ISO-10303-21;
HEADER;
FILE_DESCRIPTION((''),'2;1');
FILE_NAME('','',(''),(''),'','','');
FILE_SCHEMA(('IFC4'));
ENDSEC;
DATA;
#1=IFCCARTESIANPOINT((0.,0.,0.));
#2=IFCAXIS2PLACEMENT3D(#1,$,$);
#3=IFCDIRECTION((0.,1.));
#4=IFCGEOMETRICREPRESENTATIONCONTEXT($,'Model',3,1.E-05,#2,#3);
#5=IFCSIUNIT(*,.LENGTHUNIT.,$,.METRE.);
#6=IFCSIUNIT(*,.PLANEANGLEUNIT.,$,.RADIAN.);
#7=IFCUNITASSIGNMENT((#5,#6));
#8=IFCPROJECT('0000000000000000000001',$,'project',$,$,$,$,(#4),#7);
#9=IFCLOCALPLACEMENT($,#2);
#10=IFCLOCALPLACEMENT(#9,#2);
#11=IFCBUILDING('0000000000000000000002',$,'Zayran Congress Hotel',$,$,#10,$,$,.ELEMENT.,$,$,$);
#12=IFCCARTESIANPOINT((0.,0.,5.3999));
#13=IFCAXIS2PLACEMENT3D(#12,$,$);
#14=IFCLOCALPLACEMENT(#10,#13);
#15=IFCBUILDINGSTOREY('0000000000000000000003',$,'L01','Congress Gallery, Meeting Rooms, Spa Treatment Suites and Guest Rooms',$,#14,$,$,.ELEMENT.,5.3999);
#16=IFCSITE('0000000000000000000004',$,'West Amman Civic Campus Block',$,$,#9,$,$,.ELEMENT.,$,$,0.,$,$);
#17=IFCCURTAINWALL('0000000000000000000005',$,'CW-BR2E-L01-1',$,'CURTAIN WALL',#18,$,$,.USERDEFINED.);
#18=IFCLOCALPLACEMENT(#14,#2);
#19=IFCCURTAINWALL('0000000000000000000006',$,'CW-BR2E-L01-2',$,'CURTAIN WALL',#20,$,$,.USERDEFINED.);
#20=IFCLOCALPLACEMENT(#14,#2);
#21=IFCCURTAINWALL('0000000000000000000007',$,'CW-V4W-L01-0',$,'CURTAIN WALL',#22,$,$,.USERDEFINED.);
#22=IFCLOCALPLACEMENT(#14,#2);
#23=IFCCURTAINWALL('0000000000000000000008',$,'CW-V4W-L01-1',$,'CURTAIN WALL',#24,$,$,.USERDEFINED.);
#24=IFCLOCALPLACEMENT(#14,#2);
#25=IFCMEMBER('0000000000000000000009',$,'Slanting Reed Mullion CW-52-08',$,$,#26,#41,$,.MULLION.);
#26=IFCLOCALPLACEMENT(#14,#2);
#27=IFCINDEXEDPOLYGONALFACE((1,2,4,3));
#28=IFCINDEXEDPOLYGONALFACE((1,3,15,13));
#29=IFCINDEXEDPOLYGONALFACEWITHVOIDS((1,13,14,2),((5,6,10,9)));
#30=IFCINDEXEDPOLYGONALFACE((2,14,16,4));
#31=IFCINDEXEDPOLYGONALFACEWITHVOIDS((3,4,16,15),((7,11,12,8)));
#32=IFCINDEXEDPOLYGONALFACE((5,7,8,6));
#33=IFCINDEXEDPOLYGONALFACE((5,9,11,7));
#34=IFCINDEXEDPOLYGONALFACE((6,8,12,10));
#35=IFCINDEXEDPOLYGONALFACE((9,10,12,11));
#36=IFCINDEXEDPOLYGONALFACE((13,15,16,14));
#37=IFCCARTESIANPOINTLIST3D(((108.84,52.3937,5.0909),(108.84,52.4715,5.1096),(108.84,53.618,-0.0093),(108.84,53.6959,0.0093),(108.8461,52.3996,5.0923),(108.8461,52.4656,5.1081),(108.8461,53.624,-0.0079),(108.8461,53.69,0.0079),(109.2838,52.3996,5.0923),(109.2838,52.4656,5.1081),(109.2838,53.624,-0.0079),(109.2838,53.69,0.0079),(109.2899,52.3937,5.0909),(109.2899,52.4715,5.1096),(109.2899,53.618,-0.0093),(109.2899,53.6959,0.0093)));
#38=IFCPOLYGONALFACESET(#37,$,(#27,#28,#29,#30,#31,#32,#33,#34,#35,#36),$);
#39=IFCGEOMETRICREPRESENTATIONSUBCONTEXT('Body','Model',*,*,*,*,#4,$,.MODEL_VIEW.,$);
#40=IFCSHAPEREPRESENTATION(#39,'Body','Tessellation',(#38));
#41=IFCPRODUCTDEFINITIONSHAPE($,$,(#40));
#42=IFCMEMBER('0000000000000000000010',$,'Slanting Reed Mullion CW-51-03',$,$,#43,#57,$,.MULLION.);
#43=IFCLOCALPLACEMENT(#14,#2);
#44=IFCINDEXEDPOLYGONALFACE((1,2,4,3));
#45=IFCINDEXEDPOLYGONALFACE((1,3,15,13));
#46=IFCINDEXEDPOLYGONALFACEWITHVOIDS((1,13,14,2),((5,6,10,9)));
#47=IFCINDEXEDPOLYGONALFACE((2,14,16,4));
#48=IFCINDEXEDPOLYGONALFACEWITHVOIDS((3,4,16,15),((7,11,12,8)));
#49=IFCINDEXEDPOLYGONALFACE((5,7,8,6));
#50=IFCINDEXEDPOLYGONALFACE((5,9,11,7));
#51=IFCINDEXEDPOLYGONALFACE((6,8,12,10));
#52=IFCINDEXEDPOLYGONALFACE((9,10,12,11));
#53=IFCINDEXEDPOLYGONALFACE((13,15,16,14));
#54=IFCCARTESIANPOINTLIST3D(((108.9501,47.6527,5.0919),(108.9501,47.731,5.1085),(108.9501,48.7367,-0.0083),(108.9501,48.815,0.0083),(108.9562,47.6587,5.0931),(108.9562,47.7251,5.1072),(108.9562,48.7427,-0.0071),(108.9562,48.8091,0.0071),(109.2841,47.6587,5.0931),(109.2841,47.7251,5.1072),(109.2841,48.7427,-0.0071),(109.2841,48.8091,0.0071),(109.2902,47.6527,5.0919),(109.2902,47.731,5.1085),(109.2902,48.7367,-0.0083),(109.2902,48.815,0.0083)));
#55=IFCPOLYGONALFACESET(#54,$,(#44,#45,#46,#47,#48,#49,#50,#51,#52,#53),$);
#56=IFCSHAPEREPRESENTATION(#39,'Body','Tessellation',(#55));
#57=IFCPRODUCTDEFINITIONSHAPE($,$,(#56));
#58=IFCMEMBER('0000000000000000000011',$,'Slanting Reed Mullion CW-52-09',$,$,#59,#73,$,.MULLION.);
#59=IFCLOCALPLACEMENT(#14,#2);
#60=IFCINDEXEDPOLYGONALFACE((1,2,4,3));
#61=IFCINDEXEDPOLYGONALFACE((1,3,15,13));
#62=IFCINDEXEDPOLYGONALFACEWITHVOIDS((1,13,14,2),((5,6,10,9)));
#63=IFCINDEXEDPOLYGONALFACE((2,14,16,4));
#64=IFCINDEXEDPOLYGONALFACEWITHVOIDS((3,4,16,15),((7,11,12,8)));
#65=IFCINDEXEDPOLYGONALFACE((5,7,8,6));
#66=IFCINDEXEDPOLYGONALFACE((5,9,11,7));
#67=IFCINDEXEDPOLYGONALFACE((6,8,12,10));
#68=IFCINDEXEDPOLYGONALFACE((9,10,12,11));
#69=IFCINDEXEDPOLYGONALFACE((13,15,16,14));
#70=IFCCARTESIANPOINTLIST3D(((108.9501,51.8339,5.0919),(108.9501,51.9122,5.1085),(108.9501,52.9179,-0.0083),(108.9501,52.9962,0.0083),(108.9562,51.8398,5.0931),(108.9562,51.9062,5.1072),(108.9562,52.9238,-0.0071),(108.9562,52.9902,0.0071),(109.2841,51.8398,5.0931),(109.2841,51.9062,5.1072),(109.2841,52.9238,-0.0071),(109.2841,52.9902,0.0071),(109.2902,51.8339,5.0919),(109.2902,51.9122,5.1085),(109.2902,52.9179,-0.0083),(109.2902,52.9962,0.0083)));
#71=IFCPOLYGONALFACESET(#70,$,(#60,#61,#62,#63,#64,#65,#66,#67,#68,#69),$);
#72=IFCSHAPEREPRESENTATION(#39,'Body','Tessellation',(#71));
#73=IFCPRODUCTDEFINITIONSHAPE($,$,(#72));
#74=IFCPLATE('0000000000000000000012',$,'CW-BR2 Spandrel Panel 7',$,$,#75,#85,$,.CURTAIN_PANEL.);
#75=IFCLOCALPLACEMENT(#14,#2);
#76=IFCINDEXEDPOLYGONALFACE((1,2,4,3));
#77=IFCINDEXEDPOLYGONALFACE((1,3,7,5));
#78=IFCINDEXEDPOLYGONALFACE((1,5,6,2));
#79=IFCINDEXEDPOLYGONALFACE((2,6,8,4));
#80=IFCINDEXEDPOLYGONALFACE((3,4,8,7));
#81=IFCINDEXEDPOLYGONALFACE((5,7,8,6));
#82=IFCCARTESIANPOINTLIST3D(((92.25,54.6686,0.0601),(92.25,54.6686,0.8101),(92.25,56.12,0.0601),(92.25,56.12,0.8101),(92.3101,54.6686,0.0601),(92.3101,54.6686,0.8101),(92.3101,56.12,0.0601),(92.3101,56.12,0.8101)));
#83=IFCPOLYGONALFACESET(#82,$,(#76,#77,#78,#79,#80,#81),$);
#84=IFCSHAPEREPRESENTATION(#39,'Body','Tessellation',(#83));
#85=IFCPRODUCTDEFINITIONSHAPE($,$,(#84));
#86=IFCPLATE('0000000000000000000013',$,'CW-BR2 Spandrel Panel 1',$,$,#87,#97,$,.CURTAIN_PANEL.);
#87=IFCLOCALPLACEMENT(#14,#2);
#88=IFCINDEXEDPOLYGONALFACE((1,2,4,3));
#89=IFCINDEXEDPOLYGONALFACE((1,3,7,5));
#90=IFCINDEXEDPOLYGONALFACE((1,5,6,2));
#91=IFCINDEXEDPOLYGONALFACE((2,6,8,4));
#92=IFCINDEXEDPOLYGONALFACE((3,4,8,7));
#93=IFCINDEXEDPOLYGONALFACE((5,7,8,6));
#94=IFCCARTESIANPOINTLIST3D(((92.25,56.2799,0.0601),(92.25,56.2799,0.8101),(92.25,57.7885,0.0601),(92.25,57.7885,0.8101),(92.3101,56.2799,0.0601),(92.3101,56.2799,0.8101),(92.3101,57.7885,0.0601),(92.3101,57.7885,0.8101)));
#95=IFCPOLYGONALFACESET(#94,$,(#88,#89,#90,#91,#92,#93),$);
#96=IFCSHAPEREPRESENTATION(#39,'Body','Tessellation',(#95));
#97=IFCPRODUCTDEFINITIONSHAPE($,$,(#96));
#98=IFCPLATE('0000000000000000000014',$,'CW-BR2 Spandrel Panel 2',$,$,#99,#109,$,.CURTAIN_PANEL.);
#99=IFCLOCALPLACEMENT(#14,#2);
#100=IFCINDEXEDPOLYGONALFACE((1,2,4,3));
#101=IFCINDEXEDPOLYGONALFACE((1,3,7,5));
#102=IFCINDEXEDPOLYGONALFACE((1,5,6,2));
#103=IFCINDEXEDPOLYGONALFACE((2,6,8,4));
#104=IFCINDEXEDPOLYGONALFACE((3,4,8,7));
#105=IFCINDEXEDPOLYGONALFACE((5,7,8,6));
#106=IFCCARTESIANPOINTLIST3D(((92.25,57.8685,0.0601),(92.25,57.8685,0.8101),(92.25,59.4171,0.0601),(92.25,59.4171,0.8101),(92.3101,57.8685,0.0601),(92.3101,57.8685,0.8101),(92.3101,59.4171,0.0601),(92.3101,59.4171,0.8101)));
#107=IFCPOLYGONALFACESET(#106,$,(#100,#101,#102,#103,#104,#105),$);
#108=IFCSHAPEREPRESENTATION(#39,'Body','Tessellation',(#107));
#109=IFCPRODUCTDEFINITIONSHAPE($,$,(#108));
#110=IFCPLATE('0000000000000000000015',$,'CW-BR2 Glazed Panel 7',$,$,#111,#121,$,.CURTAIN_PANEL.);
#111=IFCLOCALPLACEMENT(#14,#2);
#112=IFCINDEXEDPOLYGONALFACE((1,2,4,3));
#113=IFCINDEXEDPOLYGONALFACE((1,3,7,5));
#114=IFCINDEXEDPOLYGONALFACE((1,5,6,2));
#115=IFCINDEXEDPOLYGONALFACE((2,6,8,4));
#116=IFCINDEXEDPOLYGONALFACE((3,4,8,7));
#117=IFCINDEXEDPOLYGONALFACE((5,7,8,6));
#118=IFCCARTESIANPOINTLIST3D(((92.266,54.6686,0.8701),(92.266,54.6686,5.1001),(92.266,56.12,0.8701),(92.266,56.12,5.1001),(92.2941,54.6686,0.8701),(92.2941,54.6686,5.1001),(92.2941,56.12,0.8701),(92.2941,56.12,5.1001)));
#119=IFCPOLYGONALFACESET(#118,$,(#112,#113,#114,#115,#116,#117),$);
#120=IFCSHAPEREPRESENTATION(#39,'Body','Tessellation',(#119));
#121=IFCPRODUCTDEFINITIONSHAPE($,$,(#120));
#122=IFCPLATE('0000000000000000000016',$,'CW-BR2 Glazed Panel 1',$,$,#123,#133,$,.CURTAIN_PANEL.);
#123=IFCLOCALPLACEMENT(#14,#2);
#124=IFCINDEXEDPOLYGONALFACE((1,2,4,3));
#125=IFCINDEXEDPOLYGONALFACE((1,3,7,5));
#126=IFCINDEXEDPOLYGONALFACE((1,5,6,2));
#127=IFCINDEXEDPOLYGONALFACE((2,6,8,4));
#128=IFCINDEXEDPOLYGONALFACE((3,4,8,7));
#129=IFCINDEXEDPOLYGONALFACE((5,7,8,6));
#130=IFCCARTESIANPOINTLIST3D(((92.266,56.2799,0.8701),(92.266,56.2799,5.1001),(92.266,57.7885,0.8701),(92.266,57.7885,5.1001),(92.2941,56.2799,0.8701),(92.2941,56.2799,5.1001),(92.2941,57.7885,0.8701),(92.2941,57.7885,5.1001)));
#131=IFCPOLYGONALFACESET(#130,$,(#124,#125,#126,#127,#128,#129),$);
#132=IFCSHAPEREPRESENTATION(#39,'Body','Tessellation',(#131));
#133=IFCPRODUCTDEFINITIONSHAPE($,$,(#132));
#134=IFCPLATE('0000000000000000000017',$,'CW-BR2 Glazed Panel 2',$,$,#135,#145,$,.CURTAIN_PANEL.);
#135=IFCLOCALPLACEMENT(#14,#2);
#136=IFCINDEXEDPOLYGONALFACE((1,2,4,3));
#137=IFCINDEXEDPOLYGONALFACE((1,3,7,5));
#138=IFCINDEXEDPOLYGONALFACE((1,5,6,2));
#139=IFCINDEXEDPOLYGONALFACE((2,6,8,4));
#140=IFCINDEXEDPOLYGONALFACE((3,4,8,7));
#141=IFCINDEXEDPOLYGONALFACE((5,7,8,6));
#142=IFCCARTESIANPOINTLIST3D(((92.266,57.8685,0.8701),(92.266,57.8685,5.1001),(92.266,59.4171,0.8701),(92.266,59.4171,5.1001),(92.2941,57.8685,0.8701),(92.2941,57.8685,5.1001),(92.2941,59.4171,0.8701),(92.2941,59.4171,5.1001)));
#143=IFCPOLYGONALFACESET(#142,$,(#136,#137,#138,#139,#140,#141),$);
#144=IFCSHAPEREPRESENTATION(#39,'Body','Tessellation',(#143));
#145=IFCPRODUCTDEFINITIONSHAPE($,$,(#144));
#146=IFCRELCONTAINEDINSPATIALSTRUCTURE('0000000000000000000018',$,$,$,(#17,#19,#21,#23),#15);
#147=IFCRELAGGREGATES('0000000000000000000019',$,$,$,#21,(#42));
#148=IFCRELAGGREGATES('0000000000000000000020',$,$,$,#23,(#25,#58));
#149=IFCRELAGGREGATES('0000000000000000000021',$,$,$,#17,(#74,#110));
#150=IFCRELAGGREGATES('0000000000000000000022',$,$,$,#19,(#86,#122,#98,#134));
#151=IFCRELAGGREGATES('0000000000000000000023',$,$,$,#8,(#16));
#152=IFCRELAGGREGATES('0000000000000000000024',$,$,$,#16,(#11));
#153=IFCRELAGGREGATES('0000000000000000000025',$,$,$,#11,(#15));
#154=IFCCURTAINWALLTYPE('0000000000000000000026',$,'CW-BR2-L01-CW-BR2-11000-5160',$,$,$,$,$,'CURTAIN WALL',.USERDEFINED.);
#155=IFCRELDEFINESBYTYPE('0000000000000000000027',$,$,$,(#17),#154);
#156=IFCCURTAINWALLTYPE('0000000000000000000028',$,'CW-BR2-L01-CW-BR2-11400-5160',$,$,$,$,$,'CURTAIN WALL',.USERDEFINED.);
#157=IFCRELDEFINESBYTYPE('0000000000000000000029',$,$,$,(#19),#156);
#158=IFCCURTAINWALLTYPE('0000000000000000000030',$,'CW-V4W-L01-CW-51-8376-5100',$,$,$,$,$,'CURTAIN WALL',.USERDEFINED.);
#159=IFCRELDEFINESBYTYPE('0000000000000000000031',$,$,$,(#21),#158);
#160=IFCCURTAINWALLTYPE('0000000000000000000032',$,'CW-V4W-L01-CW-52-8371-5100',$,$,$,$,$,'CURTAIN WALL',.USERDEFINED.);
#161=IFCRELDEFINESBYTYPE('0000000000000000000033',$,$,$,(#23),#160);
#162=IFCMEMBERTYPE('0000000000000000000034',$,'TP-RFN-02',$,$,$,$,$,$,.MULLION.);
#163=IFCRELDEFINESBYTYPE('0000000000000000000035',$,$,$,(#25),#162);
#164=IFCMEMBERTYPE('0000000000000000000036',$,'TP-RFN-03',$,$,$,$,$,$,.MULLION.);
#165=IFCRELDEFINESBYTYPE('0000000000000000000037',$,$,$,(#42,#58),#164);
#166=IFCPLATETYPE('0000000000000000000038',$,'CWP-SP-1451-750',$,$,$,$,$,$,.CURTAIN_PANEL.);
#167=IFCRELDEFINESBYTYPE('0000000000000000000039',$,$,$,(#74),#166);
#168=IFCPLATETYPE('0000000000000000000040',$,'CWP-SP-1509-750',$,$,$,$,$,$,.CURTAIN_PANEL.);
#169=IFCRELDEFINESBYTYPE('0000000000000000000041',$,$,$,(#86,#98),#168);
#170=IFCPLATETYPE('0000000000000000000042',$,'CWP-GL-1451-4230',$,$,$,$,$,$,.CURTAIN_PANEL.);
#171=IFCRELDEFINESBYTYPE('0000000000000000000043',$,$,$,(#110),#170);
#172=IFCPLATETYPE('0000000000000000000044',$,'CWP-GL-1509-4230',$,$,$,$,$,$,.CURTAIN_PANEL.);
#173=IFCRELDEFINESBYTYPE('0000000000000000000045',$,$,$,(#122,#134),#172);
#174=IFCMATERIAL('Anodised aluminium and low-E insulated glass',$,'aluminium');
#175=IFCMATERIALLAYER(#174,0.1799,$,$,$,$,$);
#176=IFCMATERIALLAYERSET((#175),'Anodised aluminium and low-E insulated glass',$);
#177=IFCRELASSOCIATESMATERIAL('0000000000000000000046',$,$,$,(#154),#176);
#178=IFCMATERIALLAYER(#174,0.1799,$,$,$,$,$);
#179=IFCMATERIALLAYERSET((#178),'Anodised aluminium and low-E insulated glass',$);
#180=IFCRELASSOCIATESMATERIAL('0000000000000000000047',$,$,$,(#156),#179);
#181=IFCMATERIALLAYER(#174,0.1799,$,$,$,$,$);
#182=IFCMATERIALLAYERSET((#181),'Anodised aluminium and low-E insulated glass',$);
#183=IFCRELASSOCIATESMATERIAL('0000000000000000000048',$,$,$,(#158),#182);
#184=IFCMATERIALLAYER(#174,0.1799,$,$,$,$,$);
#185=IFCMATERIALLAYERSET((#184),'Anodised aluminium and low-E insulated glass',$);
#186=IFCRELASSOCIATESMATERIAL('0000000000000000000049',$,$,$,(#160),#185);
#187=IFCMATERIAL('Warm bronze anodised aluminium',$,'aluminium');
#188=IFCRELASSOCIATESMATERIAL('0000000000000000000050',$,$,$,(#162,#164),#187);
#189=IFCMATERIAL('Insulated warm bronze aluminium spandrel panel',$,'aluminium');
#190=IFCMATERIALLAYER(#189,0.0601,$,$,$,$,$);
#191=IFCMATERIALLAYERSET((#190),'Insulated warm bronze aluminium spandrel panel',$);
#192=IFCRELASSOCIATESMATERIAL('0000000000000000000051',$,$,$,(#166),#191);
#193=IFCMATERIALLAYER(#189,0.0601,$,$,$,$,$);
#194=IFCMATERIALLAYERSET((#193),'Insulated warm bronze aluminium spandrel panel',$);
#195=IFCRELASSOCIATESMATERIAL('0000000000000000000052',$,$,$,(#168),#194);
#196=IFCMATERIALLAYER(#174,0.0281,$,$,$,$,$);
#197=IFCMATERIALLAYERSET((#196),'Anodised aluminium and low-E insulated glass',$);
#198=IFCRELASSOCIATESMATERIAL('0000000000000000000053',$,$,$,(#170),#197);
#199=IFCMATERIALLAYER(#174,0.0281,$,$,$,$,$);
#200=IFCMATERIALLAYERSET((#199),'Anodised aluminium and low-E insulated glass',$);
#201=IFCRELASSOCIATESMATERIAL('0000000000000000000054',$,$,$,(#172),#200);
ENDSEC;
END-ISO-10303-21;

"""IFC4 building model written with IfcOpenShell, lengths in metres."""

from ifc_helpers import new_model, si_unit, direction, frame, origin, origin_2d, place, context, subcontext, project, spatial, rectangle, hollow_rectangle, extrude, material, layer, layer_set, material_profile, profile_set, type_object, element, aggregate, save


model = new_model("IFC4")

# Units and contexts
model_context = context("Model", 3, precision=1e-05, world=origin(), true_north=direction((0.0, 1.0)))
body_context = subcontext(model_context, "Body", "Model", "MODEL_VIEW")
ifc_project = project(units=[si_unit("LENGTHUNIT", "METRE"), si_unit("PLANEANGLEUNIT", "RADIAN")], contexts=[model_context])

# Site, building, storey
site_placement = place(None, origin())
site = spatial("IfcSite", under=ifc_project, at=site_placement, Name="West Amman Civic Campus Block", CompositionType="ELEMENT", RefElevation=0.0)
building_placement = place(site_placement, origin())
building = spatial("IfcBuilding", under=site, at=building_placement, Name="Zayran Congress Hotel", CompositionType="ELEMENT")
storey_placement = place(building_placement, frame((0.0, 0.0, 5.3999)))
storey = spatial("IfcBuildingStorey", under=building, at=storey_placement, Name="L01", Description="Congress Gallery, Meeting Rooms, Spa Treatment Suites and Guest Rooms", CompositionType="ELEMENT", Elevation=5.3999)

# Curtain walls
ifc_material_1 = material(Name="Anodised aluminium and low-E insulated glass", Category="aluminium")
ifc_layer_1 = layer(ifc_material_1, 0.1799)
ifc_layer_set_1 = layer_set([ifc_layer_1], Name="Anodised aluminium and low-E insulated glass")
curtain_wall_type_1 = type_object("IfcCurtainWallType", Name="CW-BR2-L01-CW-BR2-11000-5160", ElementType="CURTAIN WALL", PredefinedType="USERDEFINED", material=ifc_layer_set_1)
curtain_wall_1_placement = place(storey_placement, origin())
curtain_wall_1 = element("IfcCurtainWall", 1, at=curtain_wall_1_placement, inside=storey, type_object=curtain_wall_type_1, Name="CW-BR2E-L01-1", ObjectType="CURTAIN WALL", PredefinedType="USERDEFINED")
ifc_layer_2 = layer(ifc_material_1, 0.1799)
ifc_layer_set_2 = layer_set([ifc_layer_2], Name="Anodised aluminium and low-E insulated glass")
curtain_wall_type_2 = type_object("IfcCurtainWallType", Name="CW-BR2-L01-CW-BR2-11400-5160", ElementType="CURTAIN WALL", PredefinedType="USERDEFINED", material=ifc_layer_set_2)
curtain_wall_2_placement = place(storey_placement, origin())
curtain_wall_2 = element("IfcCurtainWall", 2, at=curtain_wall_2_placement, inside=storey, type_object=curtain_wall_type_2, Name="CW-BR2E-L01-2", ObjectType="CURTAIN WALL", PredefinedType="USERDEFINED")

# Curtain walls
ifc_layer_3 = layer(ifc_material_1, 0.1799)
ifc_layer_set_3 = layer_set([ifc_layer_3], Name="Anodised aluminium and low-E insulated glass")
curtain_wall_type_3 = type_object("IfcCurtainWallType", Name="CW-V4W-L01-CW-51-8376-5100", ElementType="CURTAIN WALL", PredefinedType="USERDEFINED", material=ifc_layer_set_3)
curtain_wall_3_placement = place(storey_placement, origin())
curtain_wall_3 = element("IfcCurtainWall", 3, at=curtain_wall_3_placement, inside=storey, type_object=curtain_wall_type_3, Name="CW-V4W-L01-0", ObjectType="CURTAIN WALL", PredefinedType="USERDEFINED")
ifc_material_2 = material(Name="Warm bronze anodised aluminium", Category="aluminium")
ifc_layer_4 = layer(ifc_material_1, 0.1799)
ifc_layer_set_4 = layer_set([ifc_layer_4], Name="Anodised aluminium and low-E insulated glass")
curtain_wall_type_4 = type_object("IfcCurtainWallType", Name="CW-V4W-L01-CW-52-8371-5100", ElementType="CURTAIN WALL", PredefinedType="USERDEFINED", material=ifc_layer_set_4)
curtain_wall_4_placement = place(storey_placement, origin())
curtain_wall_4 = element("IfcCurtainWall", 4, at=curtain_wall_4_placement, inside=storey, type_object=curtain_wall_type_4, Name="CW-V4W-L01-1", ObjectType="CURTAIN WALL", PredefinedType="USERDEFINED")

# Members
ifc_material_profile_1 = material_profile(ifc_material_2, hollow_rectangle(XDim=0.0801, YDim=0.45, WallThickness=0.0061, at=origin_2d()), Name="RHS 450x80x6")
ifc_profile_set_1 = profile_set([ifc_material_profile_1], Name="Warm bronze anodised aluminium")
member_type_1 = type_object("IfcMemberType", Name="TP-RFN-02", PredefinedType="MULLION", material=ifc_profile_set_1)
member_1_placement = place(storey_placement, frame((109.0649, 53.657, 0.0), z_axis=(0.0, -0.233435, 0.972373), x_axis=(0.0, 0.972373, 0.233435)))
member_1 = element("IfcMember", 5, at=member_1_placement, type_object=member_type_1, Name="Slanting Reed Mullion CW-52-08", PredefinedType="MULLION", context=body_context, shape_type="SweptSolid", body=[
    extrude(hollow_rectangle(XDim=0.0801, YDim=0.45, WallThickness=0.0061, at=origin_2d()), origin(), (0.0, 0.0, 1.0), 5.2451),
])
ifc_material_profile_2 = material_profile(ifc_material_2, hollow_rectangle(XDim=0.0801, YDim=0.3401, WallThickness=0.0061, at=origin_2d()), Name="RHS 340x80x6")
ifc_profile_set_2 = profile_set([ifc_material_profile_2], Name="Warm bronze anodised aluminium")
member_type_2 = type_object("IfcMemberType", Name="TP-RFN-03", PredefinedType="MULLION", material=ifc_profile_set_2)
member_2_placement = place(storey_placement, frame((109.1201, 48.7759, 0.0), z_axis=(0.0, -0.207898, 0.978151), x_axis=(0.0, 0.978151, 0.207898)))
member_2 = element("IfcMember", 6, at=member_2_placement, type_object=member_type_2, Name="Slanting Reed Mullion CW-51-03", PredefinedType="MULLION", context=body_context, shape_type="SweptSolid", body=[
    extrude(hollow_rectangle(XDim=0.0801, YDim=0.3401, WallThickness=0.0061, at=origin_2d()), origin(), (0.0, 0.0, 1.0), 5.2141),
])
aggregate(curtain_wall_3, [member_2])
member_3_placement = place(storey_placement, frame((109.1201, 52.957, 0.0), z_axis=(0.0, -0.207898, 0.978151), x_axis=(0.0, 0.978151, 0.207898)))
member_3 = element("IfcMember", 7, at=member_3_placement, type_object=member_type_2, Name="Slanting Reed Mullion CW-52-09", PredefinedType="MULLION", context=body_context, shape_type="SweptSolid", body=[
    extrude(hollow_rectangle(XDim=0.0801, YDim=0.3401, WallThickness=0.0061, at=origin_2d()), origin(), (0.0, 0.0, 1.0), 5.2141),
])
aggregate(curtain_wall_4, [member_1, member_3])

# Plates
ifc_material_3 = material(Name="Insulated warm bronze aluminium spandrel panel", Category="aluminium")
ifc_layer_5 = layer(ifc_material_3, 0.0601)
ifc_layer_set_5 = layer_set([ifc_layer_5], Name="Insulated warm bronze aluminium spandrel panel")
plate_type_1 = type_object("IfcPlateType", Name="CWP-SP-1451-750", PredefinedType="CURTAIN_PANEL", material=ifc_layer_set_5)
plate_1_placement = place(storey_placement, frame((92.28, 55.3943, 0.0601), z_axis=(0.0, 0.0, 1.0), x_axis=(0.0, 1.0, 0.0)))
plate_1 = element("IfcPlate", 8, at=plate_1_placement, type_object=plate_type_1, Name="CW-BR2 Spandrel Panel 7", PredefinedType="CURTAIN_PANEL", context=body_context, shape_type="SweptSolid", body=[
    extrude(rectangle(XDim=1.4514, YDim=0.0601, at=origin_2d()), origin(), (0.0, 0.0, 1.0), 0.75),
])
ifc_layer_6 = layer(ifc_material_3, 0.0601)
ifc_layer_set_6 = layer_set([ifc_layer_6], Name="Insulated warm bronze aluminium spandrel panel")
plate_type_2 = type_object("IfcPlateType", Name="CWP-SP-1509-750", PredefinedType="CURTAIN_PANEL", material=ifc_layer_set_6)
plate_2_placement = place(storey_placement, frame((92.28, 57.0342, 0.0601), z_axis=(0.0, 0.0, 1.0), x_axis=(0.0, 1.0, 0.0)))
plate_2 = element("IfcPlate", 9, at=plate_2_placement, type_object=plate_type_2, Name="CW-BR2 Spandrel Panel 1", PredefinedType="CURTAIN_PANEL", context=body_context, shape_type="SweptSolid", body=[
    extrude(rectangle(XDim=1.5085, YDim=0.0601, at=origin_2d()), origin(), (0.0, 0.0, 1.0), 0.75),
])
plate_3_placement = place(storey_placement, frame((92.28, 58.6428, 0.0601), z_axis=(0.0, 0.0, 1.0), x_axis=(0.0, 1.0, 0.0)))
plate_3 = element("IfcPlate", 10, at=plate_3_placement, type_object=plate_type_2, Name="CW-BR2 Spandrel Panel 2", PredefinedType="CURTAIN_PANEL", context=body_context, shape_type="SweptSolid", body=[
    extrude(rectangle(XDim=1.5486, YDim=0.0601, at=origin_2d()), origin(), (0.0, 0.0, 1.0), 0.75),
])
ifc_layer_7 = layer(ifc_material_1, 0.0281)
ifc_layer_set_7 = layer_set([ifc_layer_7], Name="Anodised aluminium and low-E insulated glass")
plate_type_3 = type_object("IfcPlateType", Name="CWP-GL-1451-4230", PredefinedType="CURTAIN_PANEL", material=ifc_layer_set_7)
plate_4_placement = place(storey_placement, frame((92.28, 55.3943, 0.8701), z_axis=(0.0, 0.0, 1.0), x_axis=(0.0, 1.0, 0.0)))
plate_4 = element("IfcPlate", 11, at=plate_4_placement, type_object=plate_type_3, Name="CW-BR2 Glazed Panel 7", PredefinedType="CURTAIN_PANEL", context=body_context, shape_type="SweptSolid", body=[
    extrude(rectangle(XDim=1.4514, YDim=0.0281, at=origin_2d()), origin(), (0.0, 0.0, 1.0), 4.23),
])
aggregate(curtain_wall_1, [plate_1, plate_4])
ifc_layer_8 = layer(ifc_material_1, 0.0281)
ifc_layer_set_8 = layer_set([ifc_layer_8], Name="Anodised aluminium and low-E insulated glass")
plate_type_4 = type_object("IfcPlateType", Name="CWP-GL-1509-4230", PredefinedType="CURTAIN_PANEL", material=ifc_layer_set_8)
plate_5_placement = place(storey_placement, frame((92.28, 57.0342, 0.8701), z_axis=(0.0, 0.0, 1.0), x_axis=(0.0, 1.0, 0.0)))
plate_5 = element("IfcPlate", 12, at=plate_5_placement, type_object=plate_type_4, Name="CW-BR2 Glazed Panel 1", PredefinedType="CURTAIN_PANEL", context=body_context, shape_type="SweptSolid", body=[
    extrude(rectangle(XDim=1.5085, YDim=0.0281, at=origin_2d()), origin(), (0.0, 0.0, 1.0), 4.23),
])
plate_6_placement = place(storey_placement, frame((92.28, 58.6428, 0.8701), z_axis=(0.0, 0.0, 1.0), x_axis=(0.0, 1.0, 0.0)))
plate_6 = element("IfcPlate", 13, at=plate_6_placement, type_object=plate_type_4, Name="CW-BR2 Glazed Panel 2", PredefinedType="CURTAIN_PANEL", context=body_context, shape_type="SweptSolid", body=[
    extrude(rectangle(XDim=1.5486, YDim=0.0281, at=origin_2d()), origin(), (0.0, 0.0, 1.0), 4.23),
])
aggregate(curtain_wall_2, [plate_2, plate_5, plate_3, plate_6])

save(model, "model.ifc")
